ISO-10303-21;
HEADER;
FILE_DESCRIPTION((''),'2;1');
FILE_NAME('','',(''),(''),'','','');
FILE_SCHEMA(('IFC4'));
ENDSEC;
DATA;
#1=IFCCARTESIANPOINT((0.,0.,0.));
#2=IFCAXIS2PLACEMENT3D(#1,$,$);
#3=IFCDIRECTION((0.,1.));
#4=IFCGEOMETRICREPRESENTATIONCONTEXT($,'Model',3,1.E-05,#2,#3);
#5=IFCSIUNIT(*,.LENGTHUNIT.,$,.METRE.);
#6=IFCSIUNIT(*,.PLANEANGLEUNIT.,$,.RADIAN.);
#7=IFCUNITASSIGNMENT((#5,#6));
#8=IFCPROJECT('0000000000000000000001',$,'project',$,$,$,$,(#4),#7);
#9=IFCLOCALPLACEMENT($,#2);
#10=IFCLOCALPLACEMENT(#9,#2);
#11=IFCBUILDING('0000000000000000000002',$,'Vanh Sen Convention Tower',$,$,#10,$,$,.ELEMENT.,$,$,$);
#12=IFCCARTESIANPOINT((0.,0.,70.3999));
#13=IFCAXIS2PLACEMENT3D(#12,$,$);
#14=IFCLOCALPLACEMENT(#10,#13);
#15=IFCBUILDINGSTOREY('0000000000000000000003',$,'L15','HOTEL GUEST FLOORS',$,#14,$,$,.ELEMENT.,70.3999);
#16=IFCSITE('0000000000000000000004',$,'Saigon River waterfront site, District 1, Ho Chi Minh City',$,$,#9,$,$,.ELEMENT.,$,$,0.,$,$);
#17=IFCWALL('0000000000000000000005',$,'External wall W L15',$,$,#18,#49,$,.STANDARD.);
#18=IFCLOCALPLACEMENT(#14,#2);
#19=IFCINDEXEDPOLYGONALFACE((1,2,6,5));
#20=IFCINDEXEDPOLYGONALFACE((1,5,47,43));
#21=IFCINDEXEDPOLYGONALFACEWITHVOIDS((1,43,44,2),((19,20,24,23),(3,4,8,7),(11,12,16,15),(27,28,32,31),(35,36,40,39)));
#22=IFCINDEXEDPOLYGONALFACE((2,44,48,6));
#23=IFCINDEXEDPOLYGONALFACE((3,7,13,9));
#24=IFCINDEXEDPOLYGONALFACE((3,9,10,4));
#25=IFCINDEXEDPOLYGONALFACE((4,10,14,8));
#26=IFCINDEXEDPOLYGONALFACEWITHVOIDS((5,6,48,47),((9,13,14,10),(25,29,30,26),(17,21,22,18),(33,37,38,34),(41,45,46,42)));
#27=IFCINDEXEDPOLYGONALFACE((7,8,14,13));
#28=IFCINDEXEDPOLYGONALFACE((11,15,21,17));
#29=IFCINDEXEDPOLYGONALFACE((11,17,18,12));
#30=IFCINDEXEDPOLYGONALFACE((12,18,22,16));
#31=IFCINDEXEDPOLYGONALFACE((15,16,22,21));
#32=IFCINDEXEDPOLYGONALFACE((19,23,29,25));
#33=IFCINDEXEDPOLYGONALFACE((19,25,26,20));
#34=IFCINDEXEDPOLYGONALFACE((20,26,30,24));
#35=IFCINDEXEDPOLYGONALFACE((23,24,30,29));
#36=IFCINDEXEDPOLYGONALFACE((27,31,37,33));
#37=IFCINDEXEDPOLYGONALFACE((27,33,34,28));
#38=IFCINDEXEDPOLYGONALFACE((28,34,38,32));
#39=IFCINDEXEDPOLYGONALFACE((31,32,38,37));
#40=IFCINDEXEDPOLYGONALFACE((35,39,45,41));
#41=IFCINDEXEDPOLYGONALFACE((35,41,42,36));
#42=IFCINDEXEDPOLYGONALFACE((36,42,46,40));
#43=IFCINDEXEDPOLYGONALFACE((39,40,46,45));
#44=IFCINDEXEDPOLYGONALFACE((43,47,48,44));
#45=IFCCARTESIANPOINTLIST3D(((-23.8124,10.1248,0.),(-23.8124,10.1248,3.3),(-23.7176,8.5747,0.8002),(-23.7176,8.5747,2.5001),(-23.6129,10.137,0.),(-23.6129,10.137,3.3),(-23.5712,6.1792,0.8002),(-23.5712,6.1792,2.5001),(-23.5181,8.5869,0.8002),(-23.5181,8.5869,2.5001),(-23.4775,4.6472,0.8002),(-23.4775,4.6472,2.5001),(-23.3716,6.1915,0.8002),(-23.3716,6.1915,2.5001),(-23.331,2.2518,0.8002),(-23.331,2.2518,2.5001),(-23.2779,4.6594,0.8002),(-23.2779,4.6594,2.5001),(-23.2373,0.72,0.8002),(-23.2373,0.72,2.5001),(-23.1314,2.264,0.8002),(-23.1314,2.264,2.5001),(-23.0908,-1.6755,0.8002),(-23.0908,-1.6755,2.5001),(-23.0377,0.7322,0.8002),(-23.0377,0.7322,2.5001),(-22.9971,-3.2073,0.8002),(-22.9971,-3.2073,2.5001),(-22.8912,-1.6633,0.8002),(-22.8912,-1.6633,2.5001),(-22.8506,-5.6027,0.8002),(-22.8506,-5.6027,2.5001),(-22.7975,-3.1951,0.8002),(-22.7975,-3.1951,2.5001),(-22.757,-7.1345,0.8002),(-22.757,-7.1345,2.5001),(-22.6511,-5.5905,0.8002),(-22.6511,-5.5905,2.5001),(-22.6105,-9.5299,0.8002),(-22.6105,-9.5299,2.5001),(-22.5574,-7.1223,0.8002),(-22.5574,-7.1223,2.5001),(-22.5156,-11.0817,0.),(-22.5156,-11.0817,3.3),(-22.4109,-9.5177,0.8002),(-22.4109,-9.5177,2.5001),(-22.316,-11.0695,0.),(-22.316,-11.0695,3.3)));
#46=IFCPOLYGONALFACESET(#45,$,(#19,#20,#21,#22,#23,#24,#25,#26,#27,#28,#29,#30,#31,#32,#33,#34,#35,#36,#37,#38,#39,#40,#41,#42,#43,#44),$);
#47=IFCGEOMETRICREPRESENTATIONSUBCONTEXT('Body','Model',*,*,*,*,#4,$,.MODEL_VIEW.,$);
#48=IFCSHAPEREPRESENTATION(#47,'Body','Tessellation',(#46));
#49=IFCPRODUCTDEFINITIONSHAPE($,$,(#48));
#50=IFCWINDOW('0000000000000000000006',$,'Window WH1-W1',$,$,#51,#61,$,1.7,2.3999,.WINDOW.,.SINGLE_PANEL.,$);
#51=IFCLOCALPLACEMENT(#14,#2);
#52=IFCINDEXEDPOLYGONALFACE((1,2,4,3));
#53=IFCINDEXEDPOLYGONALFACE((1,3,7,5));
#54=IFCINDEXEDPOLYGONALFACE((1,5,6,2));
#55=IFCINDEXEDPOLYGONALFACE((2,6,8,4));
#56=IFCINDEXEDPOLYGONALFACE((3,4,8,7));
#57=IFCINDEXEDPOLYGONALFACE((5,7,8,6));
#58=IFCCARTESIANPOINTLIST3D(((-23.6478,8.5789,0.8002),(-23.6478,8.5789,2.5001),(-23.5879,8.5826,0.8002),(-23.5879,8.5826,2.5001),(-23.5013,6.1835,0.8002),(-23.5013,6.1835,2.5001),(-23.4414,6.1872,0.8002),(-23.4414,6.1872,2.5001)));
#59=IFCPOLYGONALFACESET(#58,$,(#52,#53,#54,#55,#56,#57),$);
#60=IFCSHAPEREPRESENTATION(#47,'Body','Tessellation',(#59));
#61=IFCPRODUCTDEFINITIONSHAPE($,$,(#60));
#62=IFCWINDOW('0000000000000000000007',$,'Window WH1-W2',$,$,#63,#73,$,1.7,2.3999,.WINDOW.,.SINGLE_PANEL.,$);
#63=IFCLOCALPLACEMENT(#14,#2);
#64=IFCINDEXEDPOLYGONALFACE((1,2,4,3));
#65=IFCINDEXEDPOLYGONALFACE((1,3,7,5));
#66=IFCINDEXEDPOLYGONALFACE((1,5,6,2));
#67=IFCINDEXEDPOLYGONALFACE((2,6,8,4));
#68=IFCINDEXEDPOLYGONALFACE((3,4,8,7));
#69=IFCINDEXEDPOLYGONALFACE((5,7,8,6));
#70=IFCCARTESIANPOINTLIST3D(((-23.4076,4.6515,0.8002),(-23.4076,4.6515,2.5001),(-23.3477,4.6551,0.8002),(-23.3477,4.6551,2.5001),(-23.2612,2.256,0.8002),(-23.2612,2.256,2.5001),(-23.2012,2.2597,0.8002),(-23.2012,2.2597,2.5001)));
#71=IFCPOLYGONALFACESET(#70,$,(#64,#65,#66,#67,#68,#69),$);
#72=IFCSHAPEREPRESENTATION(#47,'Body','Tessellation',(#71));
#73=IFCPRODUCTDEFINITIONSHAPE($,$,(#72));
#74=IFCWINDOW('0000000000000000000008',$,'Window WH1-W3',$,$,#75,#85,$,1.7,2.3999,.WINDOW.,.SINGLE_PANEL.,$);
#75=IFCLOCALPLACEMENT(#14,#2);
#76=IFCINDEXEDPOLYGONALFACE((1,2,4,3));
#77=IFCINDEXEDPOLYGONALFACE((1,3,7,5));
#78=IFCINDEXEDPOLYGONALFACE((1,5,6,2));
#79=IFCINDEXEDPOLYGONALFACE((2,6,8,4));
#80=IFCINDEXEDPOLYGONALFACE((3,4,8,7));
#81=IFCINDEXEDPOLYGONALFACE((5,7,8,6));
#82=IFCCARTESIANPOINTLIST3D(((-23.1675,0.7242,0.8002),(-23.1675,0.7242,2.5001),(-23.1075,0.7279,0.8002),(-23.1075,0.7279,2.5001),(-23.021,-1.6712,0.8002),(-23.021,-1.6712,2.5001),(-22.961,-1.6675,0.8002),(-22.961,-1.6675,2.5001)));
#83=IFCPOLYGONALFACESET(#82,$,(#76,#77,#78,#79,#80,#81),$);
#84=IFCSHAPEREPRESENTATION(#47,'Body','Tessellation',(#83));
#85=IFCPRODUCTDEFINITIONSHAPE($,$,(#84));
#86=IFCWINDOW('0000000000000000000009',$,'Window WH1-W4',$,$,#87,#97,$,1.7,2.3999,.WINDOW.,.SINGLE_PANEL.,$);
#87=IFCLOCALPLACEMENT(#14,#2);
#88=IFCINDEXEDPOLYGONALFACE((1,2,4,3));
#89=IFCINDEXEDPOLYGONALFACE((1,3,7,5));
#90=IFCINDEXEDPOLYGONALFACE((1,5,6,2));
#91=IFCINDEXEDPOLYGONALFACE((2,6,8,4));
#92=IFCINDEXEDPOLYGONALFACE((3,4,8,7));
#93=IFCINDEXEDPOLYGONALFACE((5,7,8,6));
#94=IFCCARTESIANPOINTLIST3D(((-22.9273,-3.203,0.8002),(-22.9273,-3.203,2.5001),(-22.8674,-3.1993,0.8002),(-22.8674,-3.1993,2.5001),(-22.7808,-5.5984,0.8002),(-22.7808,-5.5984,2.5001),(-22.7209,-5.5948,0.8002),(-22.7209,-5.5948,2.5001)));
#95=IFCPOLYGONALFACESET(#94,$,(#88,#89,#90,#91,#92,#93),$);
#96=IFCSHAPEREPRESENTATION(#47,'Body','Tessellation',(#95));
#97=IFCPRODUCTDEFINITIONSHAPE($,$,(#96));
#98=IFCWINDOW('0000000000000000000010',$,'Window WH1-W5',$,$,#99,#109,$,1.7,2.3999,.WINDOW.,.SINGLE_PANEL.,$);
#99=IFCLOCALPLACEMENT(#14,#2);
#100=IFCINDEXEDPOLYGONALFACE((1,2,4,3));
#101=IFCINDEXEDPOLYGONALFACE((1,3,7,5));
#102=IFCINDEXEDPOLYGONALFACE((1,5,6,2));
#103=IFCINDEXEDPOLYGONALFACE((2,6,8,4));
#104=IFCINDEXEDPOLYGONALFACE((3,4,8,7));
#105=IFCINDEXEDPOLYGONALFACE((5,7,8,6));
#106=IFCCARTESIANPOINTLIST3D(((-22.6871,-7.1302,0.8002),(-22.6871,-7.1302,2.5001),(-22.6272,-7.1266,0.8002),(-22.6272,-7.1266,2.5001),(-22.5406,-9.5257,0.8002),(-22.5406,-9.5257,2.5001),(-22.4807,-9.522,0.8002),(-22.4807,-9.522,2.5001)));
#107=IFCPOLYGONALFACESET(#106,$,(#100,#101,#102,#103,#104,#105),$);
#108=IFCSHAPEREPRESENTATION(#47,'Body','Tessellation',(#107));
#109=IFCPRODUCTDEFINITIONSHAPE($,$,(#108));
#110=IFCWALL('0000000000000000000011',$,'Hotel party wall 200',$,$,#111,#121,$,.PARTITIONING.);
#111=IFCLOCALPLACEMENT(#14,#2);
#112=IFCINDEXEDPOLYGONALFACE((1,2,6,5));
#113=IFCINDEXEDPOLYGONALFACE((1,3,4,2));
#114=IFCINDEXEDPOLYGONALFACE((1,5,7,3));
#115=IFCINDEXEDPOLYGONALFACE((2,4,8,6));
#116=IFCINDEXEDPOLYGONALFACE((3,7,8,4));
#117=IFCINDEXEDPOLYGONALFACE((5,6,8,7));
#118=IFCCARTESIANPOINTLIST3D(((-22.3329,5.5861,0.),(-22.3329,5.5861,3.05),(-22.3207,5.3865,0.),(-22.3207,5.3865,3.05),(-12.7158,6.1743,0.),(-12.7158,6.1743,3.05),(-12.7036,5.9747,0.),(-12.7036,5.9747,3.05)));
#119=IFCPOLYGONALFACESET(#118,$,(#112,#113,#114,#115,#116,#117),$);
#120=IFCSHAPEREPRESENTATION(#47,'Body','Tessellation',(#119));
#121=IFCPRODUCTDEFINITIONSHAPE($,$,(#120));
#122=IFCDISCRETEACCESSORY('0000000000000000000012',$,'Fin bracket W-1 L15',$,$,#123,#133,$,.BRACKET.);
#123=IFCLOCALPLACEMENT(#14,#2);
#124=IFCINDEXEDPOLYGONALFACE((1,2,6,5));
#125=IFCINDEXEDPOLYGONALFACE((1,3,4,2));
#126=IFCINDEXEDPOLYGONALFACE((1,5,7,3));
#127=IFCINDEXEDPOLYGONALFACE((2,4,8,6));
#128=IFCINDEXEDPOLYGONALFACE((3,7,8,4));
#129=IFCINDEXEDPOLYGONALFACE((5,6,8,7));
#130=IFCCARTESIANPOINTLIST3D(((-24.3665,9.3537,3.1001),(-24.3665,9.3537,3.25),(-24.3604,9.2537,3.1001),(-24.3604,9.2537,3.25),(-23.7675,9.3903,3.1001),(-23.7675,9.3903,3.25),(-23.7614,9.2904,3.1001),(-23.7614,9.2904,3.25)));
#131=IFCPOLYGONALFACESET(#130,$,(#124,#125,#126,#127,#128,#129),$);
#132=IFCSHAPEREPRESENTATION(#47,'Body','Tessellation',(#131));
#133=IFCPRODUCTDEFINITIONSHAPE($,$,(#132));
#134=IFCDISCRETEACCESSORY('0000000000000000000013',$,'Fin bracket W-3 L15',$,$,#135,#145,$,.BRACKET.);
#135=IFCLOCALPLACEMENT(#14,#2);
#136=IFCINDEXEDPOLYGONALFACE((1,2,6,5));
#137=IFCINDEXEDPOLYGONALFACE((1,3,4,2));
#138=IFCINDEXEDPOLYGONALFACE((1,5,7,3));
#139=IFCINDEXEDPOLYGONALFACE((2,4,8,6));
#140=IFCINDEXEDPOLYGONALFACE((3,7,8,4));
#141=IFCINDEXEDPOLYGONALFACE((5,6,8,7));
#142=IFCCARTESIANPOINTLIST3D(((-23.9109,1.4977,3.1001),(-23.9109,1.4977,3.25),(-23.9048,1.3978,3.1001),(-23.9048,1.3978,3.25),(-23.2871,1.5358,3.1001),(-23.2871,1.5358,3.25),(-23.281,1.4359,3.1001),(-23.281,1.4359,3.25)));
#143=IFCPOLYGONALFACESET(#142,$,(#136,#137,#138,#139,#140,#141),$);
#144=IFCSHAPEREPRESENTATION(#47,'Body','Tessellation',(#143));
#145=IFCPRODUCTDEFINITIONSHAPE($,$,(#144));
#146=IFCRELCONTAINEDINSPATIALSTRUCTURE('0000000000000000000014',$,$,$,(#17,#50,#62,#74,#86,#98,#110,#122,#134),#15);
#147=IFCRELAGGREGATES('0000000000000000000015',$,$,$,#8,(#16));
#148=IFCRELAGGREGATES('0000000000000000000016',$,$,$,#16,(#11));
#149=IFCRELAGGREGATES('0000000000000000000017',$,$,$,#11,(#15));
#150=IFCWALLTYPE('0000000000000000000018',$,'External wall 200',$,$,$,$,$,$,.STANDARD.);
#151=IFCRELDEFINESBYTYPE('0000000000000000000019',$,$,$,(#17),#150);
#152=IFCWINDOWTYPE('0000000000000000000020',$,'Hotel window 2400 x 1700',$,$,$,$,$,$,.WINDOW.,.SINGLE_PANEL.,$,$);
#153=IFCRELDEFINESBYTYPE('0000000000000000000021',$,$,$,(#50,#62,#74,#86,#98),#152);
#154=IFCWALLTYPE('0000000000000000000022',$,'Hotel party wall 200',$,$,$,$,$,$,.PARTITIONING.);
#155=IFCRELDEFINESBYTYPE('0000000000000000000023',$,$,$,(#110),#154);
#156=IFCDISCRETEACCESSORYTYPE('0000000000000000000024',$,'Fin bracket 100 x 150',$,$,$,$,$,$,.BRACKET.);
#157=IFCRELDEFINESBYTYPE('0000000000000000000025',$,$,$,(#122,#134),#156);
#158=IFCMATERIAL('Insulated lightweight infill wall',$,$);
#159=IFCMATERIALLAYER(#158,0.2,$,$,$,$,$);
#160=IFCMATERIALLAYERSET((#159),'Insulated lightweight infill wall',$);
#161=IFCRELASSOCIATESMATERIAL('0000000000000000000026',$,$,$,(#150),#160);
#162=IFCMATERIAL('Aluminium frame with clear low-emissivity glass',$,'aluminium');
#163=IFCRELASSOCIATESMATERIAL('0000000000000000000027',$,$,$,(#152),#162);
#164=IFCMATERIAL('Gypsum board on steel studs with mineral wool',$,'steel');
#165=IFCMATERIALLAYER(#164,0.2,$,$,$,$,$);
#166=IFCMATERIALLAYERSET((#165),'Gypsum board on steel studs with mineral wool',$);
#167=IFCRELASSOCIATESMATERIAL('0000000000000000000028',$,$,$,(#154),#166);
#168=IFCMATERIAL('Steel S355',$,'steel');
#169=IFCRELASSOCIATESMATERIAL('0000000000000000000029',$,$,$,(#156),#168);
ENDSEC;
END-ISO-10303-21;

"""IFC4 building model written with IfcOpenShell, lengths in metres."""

from ifc_helpers import new_model, si_unit, direction, frame, frame_2d, origin, origin_2d, place, context, subcontext, project, spatial, rectangle, extrude, material, layer, layer_set, type_object, element, fill, save


model = new_model("IFC4")

# Units and contexts
model_context = context("Model", 3, precision=1e-05, world=origin(), true_north=direction((0.0, 1.0)))
body_context = subcontext(model_context, "Body", "Model", "MODEL_VIEW")
ifc_project = project(units=[si_unit("LENGTHUNIT", "METRE"), si_unit("PLANEANGLEUNIT", "RADIAN")], contexts=[model_context])

# Site, building, storey
site_placement = place(None, origin())
site = spatial("IfcSite", under=ifc_project, at=site_placement, Name="Saigon River waterfront site, District 1, Ho Chi Minh City", CompositionType="ELEMENT", RefElevation=0.0)
building_placement = place(site_placement, origin())
building = spatial("IfcBuilding", under=site, at=building_placement, Name="Vanh Sen Convention Tower", CompositionType="ELEMENT")
storey_placement = place(building_placement, frame((0.0, 0.0, 70.3999)))
storey = spatial("IfcBuildingStorey", under=building, at=storey_placement, Name="L15", Description="HOTEL GUEST FLOORS", CompositionType="ELEMENT", Elevation=70.3999)

# Shared definitions
ifc_material_1 = material(Name="Gypsum board on steel studs with mineral wool", Category="steel")

# Wall, openings, windows
ifc_material_2 = material(Name="Insulated lightweight infill wall")
ifc_layer_1 = layer(ifc_material_2, 0.2)
ifc_layer_set_1 = layer_set([ifc_layer_1], Name="Insulated lightweight infill wall")
wall_type_1 = type_object("IfcWallType", Name="External wall 200", PredefinedType="STANDARD", material=ifc_layer_set_1)
wall_1_placement = place(storey_placement, frame((-23.7126, 10.1309, 0.0), z_axis=(0.0, 0.0, 1.0), x_axis=(0.06104, -0.998135, 0.0)))
wall_1 = element("IfcWall", 1, at=wall_1_placement, inside=storey, type_object=wall_type_1, Name="External wall W L15", PredefinedType="STANDARD", context=body_context, shape_type="SweptSolid", body=[
    extrude(rectangle(XDim=21.2461, YDim=0.2, at=frame_2d((10.623, 0.0))), origin(), (0.0, 0.0, 1.0), 3.3),
])
opening_1_placement = place(wall_1_placement, frame((1.553, 0.0, 0.8)))
opening_1 = element("IfcOpeningElement", 2, at=opening_1_placement, cuts=wall_1, PredefinedType="OPENING", context=body_context, shape_type="SweptSolid", body=[
    extrude(rectangle(XDim=2.3999, YDim=1.7, at=frame_2d((1.2, 0.8501))), frame((0.0, 0.1099, 0.0), z_axis=(0.0, -1.0, 0.0), x_axis=(1.0, 0.0, 0.0)), (0.0, 0.0, 1.0), 0.22),
])
opening_2_placement = place(wall_1_placement, frame((5.4878, 0.0, 0.8)))
opening_2 = element("IfcOpeningElement", 3, at=opening_2_placement, cuts=wall_1, PredefinedType="OPENING", context=body_context, shape_type="SweptSolid", body=[
    extrude(rectangle(XDim=2.3999, YDim=1.7, at=frame_2d((1.2, 0.8501))), frame((0.0, 0.1099, 0.0), z_axis=(0.0, -1.0, 0.0), x_axis=(1.0, 0.0, 0.0)), (0.0, 0.0, 1.0), 0.22),
])
opening_3_placement = place(wall_1_placement, frame((9.4224, 0.0, 0.8)))
opening_3 = element("IfcOpeningElement", 4, at=opening_3_placement, cuts=wall_1, PredefinedType="OPENING", context=body_context, shape_type="SweptSolid", body=[
    extrude(rectangle(XDim=2.3999, YDim=1.7, at=frame_2d((1.2, 0.8501))), frame((0.0, 0.1099, 0.0), z_axis=(0.0, -1.0, 0.0), x_axis=(1.0, 0.0, 0.0)), (0.0, 0.0, 1.0), 0.22),
])
opening_4_placement = place(wall_1_placement, frame((13.3569, 0.0, 0.8)))
opening_4 = element("IfcOpeningElement", 5, at=opening_4_placement, cuts=wall_1, PredefinedType="OPENING", context=body_context, shape_type="SweptSolid", body=[
    extrude(rectangle(XDim=2.3999, YDim=1.7, at=frame_2d((1.2, 0.8501))), frame((0.0, 0.1099, 0.0), z_axis=(0.0, -1.0, 0.0), x_axis=(1.0, 0.0, 0.0)), (0.0, 0.0, 1.0), 0.22),
])
opening_5_placement = place(wall_1_placement, frame((17.2915, 0.0, 0.8)))
opening_5 = element("IfcOpeningElement", 6, at=opening_5_placement, cuts=wall_1, PredefinedType="OPENING", context=body_context, shape_type="SweptSolid", body=[
    extrude(rectangle(XDim=2.3999, YDim=1.7, at=frame_2d((1.2, 0.8501))), frame((0.0, 0.1099, 0.0), z_axis=(0.0, -1.0, 0.0), x_axis=(1.0, 0.0, 0.0)), (0.0, 0.0, 1.0), 0.22),
])
ifc_material_3 = material(Name="Aluminium frame with clear low-emissivity glass", Category="aluminium")
window_type = type_object("IfcWindowType", Name="Hotel window 2400 x 1700", PartitioningType="SINGLE_PANEL", PredefinedType="WINDOW", material=ifc_material_3)
window_1_placement = place(opening_1_placement, origin())
window_1 = element("IfcWindow", 7, at=window_1_placement, inside=storey, type_object=window_type, Name="Window WH1-W1", OverallHeight=1.7, OverallWidth=2.3999, PartitioningType="SINGLE_PANEL", PredefinedType="WINDOW", context=body_context, shape_type="SweptSolid", body=[
    extrude(rectangle(XDim=2.3999, YDim=1.7, at=frame_2d((1.2, 0.8501))), frame((0.0, 0.03, 0.0), z_axis=(0.0, -1.0, 0.0), x_axis=(1.0, 0.0, 0.0)), (0.0, 0.0, 1.0), 0.0601),
])
fill(opening_1, window_1)
window_2_placement = place(opening_2_placement, origin())
window_2 = element("IfcWindow", 8, at=window_2_placement, inside=storey, type_object=window_type, Name="Window WH1-W2", OverallHeight=1.7, OverallWidth=2.3999, PartitioningType="SINGLE_PANEL", PredefinedType="WINDOW", context=body_context, shape_type="SweptSolid", body=[
    extrude(rectangle(XDim=2.3999, YDim=1.7, at=frame_2d((1.2, 0.8501))), frame((0.0, 0.03, 0.0), z_axis=(0.0, -1.0, 0.0), x_axis=(1.0, 0.0, 0.0)), (0.0, 0.0, 1.0), 0.0601),
])
fill(opening_2, window_2)
window_3_placement = place(opening_3_placement, origin())
window_3 = element("IfcWindow", 9, at=window_3_placement, inside=storey, type_object=window_type, Name="Window WH1-W3", OverallHeight=1.7, OverallWidth=2.3999, PartitioningType="SINGLE_PANEL", PredefinedType="WINDOW", context=body_context, shape_type="SweptSolid", body=[
    extrude(rectangle(XDim=2.3999, YDim=1.7, at=frame_2d((1.2, 0.8501))), frame((0.0, 0.03, 0.0), z_axis=(0.0, -1.0, 0.0), x_axis=(1.0, 0.0, 0.0)), (0.0, 0.0, 1.0), 0.0601),
])
fill(opening_3, window_3)
window_4_placement = place(opening_4_placement, origin())
window_4 = element("IfcWindow", 10, at=window_4_placement, inside=storey, type_object=window_type, Name="Window WH1-W4", OverallHeight=1.7, OverallWidth=2.3999, PartitioningType="SINGLE_PANEL", PredefinedType="WINDOW", context=body_context, shape_type="SweptSolid", body=[
    extrude(rectangle(XDim=2.3999, YDim=1.7, at=frame_2d((1.2, 0.8501))), frame((0.0, 0.03, 0.0), z_axis=(0.0, -1.0, 0.0), x_axis=(1.0, 0.0, 0.0)), (0.0, 0.0, 1.0), 0.0601),
])
fill(opening_4, window_4)
window_5_placement = place(opening_5_placement, origin())
window_5 = element("IfcWindow", 11, at=window_5_placement, inside=storey, type_object=window_type, Name="Window WH1-W5", OverallHeight=1.7, OverallWidth=2.3999, PartitioningType="SINGLE_PANEL", PredefinedType="WINDOW", context=body_context, shape_type="SweptSolid", body=[
    extrude(rectangle(XDim=2.3999, YDim=1.7, at=frame_2d((1.2, 0.8501))), frame((0.0, 0.03, 0.0), z_axis=(0.0, -1.0, 0.0), x_axis=(1.0, 0.0, 0.0)), (0.0, 0.0, 1.0), 0.0601),
])
fill(opening_5, window_5)

# Wall
ifc_layer_2 = layer(ifc_material_1, 0.2)
ifc_layer_set_2 = layer_set([ifc_layer_2], Name="Gypsum board on steel studs with mineral wool")
wall_type_2 = type_object("IfcWallType", Name="Hotel party wall 200", PredefinedType="PARTITIONING", material=ifc_layer_set_2)
wall_2_placement = place(storey_placement, frame((-22.3267, 5.4863, 0.0), z_axis=(0.0, 0.0, 1.0), x_axis=(0.998135, 0.061042, 0.0)))
element("IfcWall", 12, at=wall_2_placement, inside=storey, type_object=wall_type_2, Name="Hotel party wall 200", PredefinedType="PARTITIONING", context=body_context, shape_type="SweptSolid", body=[
    extrude(rectangle(XDim=9.635, YDim=0.2, at=frame_2d((4.8174, 0.0))), origin(), (0.0, 0.0, 1.0), 3.05),
])

# Discrete accessories
ifc_material_4 = material(Name="Steel S355", Category="steel")
discrete_accessory_type = type_object("IfcDiscreteAccessoryType", Name="Fin bracket 100 x 150", PredefinedType="BRACKET", material=ifc_material_4)
discrete_accessory_1_placement = place(storey_placement, frame((-24.064, 9.322, 3.1001), z_axis=(0.0, 0.0, 1.0), x_axis=(-0.998135, -0.061049, 0.0)))
element("IfcDiscreteAccessory", 13, at=discrete_accessory_1_placement, inside=storey, type_object=discrete_accessory_type, Name="Fin bracket W-1 L15", PredefinedType="BRACKET", context=body_context, shape_type="SweptSolid", body=[
    extrude(rectangle(XDim=0.6001, YDim=0.1001, at=origin_2d()), origin(), (0.0, 0.0, 1.0), 0.1499),
])
discrete_accessory_2_placement = place(storey_placement, frame((-23.5959, 1.4668, 3.1001), z_axis=(0.0, 0.0, 1.0), x_axis=(-0.998135, -0.061049, 0.0)))
element("IfcDiscreteAccessory", 14, at=discrete_accessory_2_placement, inside=storey, type_object=discrete_accessory_type, Name="Fin bracket W-3 L15", PredefinedType="BRACKET", context=body_context, shape_type="SweptSolid", body=[
    extrude(rectangle(XDim=0.625, YDim=0.1001, at=origin_2d()), origin(), (0.0, 0.0, 1.0), 0.1499),
])

save(model, "model.ifc")
